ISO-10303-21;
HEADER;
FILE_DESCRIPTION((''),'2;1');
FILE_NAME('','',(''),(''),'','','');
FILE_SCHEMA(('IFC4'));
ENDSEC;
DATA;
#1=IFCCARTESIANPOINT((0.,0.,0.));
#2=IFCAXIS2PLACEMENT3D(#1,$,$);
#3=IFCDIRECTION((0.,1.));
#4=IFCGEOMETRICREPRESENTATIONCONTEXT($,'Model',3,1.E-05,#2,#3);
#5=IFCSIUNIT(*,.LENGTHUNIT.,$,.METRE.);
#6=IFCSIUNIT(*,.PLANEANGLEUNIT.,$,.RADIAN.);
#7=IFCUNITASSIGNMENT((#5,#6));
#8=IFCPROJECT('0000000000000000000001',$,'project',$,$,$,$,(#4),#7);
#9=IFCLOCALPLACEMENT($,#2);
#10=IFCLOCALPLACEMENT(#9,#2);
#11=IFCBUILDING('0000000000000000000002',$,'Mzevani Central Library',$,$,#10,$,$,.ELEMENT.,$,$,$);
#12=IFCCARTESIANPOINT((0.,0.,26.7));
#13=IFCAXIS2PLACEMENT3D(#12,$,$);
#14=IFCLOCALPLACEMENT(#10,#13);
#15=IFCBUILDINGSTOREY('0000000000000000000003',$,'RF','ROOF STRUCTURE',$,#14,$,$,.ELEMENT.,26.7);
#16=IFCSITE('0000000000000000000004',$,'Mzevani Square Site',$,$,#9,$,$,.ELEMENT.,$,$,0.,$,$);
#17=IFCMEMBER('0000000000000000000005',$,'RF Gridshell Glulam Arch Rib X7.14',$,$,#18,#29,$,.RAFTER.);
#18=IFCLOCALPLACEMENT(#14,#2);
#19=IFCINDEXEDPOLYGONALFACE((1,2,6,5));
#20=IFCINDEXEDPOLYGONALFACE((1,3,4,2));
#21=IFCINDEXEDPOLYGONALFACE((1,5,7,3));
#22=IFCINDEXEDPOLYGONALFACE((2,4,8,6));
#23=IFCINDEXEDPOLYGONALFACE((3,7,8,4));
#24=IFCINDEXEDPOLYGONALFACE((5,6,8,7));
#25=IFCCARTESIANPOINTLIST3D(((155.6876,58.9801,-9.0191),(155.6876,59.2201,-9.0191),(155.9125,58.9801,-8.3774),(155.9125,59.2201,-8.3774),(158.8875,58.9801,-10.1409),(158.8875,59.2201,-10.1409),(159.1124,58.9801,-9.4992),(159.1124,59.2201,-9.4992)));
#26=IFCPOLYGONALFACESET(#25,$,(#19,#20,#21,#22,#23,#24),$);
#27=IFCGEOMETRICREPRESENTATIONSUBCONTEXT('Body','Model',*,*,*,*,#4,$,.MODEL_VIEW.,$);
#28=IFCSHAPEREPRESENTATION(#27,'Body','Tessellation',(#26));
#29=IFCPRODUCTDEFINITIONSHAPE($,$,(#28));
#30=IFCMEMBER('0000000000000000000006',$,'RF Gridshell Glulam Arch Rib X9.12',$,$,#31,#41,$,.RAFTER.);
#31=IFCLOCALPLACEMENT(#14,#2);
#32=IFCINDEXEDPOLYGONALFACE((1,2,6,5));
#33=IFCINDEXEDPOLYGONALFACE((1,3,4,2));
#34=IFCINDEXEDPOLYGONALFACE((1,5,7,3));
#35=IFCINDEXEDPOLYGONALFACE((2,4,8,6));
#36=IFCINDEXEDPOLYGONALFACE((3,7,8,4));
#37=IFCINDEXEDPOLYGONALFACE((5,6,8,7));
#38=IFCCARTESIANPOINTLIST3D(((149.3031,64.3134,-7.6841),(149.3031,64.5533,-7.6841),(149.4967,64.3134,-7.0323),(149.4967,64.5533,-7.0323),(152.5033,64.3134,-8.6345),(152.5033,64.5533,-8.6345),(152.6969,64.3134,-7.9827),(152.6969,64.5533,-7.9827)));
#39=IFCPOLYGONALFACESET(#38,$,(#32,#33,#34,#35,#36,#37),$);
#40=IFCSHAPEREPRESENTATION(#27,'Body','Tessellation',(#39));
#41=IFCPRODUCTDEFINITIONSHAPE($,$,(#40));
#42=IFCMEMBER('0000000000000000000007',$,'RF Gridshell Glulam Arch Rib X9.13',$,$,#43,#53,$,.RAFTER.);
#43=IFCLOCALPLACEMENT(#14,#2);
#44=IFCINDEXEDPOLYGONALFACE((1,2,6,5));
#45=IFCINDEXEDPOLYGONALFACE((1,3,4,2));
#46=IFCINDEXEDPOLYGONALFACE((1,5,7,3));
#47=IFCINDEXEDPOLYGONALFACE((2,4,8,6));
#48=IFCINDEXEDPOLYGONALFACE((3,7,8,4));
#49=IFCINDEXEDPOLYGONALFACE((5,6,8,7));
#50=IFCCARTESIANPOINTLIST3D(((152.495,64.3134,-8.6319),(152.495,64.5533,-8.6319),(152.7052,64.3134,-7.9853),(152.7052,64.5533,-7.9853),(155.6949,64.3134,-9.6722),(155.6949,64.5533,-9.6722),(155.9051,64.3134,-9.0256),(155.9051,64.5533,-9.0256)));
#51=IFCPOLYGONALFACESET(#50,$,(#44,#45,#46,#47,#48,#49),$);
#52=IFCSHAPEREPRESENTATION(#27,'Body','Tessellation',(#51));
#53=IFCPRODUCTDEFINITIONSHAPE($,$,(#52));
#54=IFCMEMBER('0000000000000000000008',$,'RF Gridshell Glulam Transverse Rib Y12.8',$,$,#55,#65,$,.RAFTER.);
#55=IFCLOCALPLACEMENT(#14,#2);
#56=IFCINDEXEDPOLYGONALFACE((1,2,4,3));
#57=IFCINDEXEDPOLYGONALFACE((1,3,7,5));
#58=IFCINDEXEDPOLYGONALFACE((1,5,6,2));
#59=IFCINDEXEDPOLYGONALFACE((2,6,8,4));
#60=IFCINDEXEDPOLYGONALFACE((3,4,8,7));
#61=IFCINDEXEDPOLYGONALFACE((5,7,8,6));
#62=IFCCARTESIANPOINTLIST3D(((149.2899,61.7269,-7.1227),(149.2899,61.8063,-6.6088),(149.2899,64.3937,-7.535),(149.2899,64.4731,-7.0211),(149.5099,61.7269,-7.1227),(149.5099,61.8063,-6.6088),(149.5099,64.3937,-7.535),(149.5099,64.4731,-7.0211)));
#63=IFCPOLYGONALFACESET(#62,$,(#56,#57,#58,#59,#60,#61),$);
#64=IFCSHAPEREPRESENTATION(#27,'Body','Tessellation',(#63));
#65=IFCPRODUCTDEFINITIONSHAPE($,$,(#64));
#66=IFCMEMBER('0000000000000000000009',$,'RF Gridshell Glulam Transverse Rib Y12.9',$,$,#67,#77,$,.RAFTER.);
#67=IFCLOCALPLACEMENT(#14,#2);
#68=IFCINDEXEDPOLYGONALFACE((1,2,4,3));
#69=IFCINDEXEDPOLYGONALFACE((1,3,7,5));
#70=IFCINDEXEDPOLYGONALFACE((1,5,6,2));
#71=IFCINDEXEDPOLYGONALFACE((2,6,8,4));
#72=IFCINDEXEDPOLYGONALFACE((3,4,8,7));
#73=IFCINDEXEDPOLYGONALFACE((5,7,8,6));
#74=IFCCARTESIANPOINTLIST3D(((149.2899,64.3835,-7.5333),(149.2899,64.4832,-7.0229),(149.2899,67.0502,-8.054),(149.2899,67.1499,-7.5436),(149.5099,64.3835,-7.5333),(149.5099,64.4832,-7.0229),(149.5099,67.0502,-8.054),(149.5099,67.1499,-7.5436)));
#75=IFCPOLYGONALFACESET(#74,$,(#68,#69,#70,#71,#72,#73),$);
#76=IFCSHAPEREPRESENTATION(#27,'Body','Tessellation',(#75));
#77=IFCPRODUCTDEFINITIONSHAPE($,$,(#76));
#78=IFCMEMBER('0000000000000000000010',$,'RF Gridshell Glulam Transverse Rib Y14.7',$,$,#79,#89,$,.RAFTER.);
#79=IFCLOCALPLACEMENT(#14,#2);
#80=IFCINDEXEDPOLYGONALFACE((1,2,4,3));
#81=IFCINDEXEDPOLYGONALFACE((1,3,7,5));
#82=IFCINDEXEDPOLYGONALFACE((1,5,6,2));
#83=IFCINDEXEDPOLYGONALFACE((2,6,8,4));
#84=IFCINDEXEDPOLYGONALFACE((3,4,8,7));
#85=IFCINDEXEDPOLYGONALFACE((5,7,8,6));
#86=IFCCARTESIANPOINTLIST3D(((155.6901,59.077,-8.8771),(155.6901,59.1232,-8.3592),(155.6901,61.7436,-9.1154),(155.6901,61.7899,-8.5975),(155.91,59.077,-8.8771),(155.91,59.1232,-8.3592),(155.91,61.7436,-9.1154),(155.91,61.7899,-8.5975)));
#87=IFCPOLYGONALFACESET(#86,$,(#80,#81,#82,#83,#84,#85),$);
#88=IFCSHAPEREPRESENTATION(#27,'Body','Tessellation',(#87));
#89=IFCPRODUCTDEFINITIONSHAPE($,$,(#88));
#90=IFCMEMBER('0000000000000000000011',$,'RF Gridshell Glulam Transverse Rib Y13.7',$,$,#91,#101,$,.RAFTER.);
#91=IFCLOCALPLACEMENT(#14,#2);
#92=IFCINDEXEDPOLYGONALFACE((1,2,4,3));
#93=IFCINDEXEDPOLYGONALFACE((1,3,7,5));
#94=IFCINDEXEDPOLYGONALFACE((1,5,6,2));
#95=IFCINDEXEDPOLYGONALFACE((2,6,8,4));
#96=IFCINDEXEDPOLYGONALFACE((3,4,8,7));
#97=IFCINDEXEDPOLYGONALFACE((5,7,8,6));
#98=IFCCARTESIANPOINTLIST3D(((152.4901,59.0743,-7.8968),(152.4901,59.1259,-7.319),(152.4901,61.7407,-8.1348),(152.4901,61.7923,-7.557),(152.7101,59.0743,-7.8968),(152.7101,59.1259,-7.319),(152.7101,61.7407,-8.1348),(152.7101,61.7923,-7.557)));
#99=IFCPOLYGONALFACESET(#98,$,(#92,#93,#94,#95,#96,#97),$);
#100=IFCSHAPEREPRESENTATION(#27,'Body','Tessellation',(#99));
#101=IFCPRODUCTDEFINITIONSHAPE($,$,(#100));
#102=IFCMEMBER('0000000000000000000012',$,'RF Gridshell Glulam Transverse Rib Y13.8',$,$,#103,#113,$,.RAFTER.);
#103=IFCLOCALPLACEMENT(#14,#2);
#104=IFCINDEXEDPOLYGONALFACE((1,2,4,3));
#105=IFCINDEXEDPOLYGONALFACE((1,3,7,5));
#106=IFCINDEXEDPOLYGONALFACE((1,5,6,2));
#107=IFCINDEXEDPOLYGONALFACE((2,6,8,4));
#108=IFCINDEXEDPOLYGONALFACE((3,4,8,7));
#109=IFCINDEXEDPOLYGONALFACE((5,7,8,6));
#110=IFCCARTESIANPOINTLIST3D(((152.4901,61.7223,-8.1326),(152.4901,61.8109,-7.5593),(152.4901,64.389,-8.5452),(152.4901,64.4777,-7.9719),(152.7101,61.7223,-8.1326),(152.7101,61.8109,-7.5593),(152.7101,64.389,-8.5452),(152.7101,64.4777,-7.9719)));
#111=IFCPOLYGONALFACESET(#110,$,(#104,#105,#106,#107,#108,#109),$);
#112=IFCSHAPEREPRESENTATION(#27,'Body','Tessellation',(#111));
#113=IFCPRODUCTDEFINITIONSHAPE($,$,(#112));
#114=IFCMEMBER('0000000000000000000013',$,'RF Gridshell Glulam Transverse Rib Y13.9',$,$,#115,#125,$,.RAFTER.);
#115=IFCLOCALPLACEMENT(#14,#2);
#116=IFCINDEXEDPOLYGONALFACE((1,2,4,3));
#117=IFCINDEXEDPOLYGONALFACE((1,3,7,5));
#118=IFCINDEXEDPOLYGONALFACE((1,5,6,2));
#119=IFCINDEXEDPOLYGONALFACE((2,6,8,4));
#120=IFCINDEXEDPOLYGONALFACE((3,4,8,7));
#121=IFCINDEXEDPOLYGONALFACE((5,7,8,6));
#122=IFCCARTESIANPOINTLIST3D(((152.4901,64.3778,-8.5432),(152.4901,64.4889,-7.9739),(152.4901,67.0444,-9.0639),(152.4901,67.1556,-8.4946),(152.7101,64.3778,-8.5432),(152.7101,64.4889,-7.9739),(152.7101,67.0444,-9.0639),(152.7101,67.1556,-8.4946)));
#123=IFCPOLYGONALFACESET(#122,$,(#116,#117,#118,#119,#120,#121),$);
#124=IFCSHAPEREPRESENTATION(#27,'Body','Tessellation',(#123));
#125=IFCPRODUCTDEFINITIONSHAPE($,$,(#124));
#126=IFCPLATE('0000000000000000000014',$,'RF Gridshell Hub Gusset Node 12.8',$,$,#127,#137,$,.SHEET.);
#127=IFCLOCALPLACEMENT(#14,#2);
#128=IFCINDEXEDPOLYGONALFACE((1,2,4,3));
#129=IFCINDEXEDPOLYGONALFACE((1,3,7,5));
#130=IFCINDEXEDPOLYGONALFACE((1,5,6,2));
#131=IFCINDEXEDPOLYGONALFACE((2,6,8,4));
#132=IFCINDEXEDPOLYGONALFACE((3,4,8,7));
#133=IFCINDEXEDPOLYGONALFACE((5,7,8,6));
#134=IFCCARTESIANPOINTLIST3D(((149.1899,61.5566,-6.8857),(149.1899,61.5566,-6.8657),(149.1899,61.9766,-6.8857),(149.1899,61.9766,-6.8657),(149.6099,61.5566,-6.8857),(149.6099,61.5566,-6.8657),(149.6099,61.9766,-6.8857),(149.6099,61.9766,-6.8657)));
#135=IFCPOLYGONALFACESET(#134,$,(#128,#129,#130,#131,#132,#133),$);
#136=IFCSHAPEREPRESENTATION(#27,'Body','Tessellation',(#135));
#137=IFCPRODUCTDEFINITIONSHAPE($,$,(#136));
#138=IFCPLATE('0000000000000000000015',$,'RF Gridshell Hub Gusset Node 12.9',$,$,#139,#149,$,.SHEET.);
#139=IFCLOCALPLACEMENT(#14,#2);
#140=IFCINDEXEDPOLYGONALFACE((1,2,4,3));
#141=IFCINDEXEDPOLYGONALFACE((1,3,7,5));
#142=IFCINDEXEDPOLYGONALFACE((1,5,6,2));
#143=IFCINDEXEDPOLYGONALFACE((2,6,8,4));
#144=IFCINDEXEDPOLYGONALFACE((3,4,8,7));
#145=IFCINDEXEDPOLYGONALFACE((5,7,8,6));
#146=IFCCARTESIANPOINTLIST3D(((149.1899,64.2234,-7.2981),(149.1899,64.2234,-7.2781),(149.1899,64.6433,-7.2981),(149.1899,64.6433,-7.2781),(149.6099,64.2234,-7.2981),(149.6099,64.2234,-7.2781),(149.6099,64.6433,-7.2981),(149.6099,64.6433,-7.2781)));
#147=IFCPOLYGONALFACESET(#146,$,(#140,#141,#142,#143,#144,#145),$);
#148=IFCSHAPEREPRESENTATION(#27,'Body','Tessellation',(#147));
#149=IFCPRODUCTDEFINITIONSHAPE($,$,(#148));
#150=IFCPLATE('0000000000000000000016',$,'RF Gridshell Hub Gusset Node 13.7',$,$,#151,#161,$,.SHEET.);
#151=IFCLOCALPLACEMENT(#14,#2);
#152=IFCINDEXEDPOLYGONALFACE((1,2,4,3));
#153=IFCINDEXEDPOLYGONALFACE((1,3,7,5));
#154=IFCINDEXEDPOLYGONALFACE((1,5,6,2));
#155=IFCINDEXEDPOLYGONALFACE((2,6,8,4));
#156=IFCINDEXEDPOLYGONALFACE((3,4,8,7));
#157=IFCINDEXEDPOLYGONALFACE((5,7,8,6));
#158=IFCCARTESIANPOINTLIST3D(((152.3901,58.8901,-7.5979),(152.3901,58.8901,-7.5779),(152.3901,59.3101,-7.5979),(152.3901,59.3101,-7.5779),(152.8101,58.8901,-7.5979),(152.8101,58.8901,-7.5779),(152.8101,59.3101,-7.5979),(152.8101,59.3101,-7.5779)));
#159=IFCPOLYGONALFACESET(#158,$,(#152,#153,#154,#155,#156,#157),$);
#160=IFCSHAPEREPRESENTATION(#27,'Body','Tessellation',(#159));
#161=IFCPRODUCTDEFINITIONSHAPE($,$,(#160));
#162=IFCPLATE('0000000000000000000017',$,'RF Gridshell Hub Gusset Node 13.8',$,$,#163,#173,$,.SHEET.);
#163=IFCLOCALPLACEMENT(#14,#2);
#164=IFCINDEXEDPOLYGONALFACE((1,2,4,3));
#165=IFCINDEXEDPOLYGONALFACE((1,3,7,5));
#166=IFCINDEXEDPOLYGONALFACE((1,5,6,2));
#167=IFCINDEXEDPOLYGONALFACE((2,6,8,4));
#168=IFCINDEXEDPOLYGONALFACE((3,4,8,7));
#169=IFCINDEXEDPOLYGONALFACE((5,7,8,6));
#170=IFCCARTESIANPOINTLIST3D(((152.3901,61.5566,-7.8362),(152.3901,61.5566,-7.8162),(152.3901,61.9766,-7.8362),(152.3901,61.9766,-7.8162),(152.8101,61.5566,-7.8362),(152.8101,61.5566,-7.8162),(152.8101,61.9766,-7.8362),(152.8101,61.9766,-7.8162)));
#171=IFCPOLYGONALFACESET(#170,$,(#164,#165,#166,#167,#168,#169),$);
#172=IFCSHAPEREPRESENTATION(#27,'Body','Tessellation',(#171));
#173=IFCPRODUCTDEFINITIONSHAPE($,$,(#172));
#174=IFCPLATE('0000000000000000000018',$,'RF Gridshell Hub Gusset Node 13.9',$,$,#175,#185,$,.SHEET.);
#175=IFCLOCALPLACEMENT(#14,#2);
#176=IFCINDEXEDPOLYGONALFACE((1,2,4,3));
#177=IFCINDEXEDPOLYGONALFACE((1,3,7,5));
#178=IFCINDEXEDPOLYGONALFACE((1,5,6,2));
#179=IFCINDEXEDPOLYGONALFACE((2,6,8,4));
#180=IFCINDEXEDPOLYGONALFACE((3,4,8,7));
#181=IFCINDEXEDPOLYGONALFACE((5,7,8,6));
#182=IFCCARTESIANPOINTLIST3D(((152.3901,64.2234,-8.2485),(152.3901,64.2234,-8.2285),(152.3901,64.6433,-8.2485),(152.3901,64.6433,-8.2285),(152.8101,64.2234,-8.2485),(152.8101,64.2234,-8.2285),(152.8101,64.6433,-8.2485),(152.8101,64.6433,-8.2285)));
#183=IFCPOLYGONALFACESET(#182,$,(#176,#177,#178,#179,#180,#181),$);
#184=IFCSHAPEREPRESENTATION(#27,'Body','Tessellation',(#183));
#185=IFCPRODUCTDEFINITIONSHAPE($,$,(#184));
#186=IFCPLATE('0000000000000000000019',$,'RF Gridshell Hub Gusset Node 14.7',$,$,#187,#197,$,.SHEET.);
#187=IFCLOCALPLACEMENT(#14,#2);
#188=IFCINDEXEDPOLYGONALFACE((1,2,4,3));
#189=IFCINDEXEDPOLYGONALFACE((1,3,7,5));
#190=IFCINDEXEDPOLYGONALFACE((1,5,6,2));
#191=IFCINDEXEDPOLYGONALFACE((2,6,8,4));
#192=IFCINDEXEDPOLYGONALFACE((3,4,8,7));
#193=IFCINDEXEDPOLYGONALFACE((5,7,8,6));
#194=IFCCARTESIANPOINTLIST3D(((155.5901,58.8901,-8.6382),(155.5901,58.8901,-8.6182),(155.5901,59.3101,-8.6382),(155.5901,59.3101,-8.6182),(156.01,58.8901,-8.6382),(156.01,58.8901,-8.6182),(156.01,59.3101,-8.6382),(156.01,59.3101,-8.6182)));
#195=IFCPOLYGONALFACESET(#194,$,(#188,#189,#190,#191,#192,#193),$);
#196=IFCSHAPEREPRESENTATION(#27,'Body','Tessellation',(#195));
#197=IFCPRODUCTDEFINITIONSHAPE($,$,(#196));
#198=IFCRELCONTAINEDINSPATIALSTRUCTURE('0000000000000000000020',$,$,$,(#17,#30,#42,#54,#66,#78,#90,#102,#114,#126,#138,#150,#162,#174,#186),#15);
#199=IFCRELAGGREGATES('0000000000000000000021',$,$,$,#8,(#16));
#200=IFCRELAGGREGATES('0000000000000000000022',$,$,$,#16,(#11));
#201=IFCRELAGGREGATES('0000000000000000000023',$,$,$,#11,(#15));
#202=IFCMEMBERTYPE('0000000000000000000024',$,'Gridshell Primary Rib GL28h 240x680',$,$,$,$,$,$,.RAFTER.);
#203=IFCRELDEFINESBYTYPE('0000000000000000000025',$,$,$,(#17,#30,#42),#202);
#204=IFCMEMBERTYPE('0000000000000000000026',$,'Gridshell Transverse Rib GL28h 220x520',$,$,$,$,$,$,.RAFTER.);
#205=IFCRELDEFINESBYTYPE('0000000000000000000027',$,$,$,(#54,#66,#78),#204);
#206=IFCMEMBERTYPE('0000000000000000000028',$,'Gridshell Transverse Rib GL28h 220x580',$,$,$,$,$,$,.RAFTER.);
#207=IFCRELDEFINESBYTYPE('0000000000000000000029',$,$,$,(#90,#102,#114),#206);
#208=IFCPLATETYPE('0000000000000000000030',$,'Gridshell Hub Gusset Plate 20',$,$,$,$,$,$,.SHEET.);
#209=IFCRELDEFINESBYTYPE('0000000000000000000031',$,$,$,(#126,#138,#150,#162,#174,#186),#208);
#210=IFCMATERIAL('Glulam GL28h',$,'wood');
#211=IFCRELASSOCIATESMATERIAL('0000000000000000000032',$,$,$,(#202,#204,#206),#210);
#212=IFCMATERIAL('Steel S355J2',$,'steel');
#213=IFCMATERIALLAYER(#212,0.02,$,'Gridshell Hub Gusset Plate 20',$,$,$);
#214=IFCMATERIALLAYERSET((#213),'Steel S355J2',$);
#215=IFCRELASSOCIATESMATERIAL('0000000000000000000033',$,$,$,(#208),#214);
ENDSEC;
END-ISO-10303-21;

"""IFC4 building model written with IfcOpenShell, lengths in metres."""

from ifc_helpers import new_model, si_unit, direction, frame, origin, origin_2d, place, context, subcontext, project, spatial, rectangle, extrude, material, layer, layer_set, material_profile, profile_set, type_object, element, save


model = new_model("IFC4")

# Units and contexts
model_context = context("Model", 3, precision=1e-05, world=origin(), true_north=direction((0.0, 1.0)))
body_context = subcontext(model_context, "Body", "Model", "MODEL_VIEW")
ifc_project = project(units=[si_unit("LENGTHUNIT", "METRE"), si_unit("PLANEANGLEUNIT", "RADIAN")], contexts=[model_context])

# Site, building, storey
site_placement = place(None, origin())
site = spatial("IfcSite", under=ifc_project, at=site_placement, Name="Mzevani Square Site", CompositionType="ELEMENT", RefElevation=0.0)
building_placement = place(site_placement, origin())
building = spatial("IfcBuilding", under=site, at=building_placement, Name="Mzevani Central Library", CompositionType="ELEMENT")
storey_placement = place(building_placement, frame((0.0, 0.0, 26.7)))
storey = spatial("IfcBuildingStorey", under=building, at=storey_placement, Name="RF", Description="ROOF STRUCTURE", CompositionType="ELEMENT", Elevation=26.7)

# Members
ifc_material_1 = material(Name="Steel S355J2", Category="steel")
ifc_material_2 = material(Name="Glulam GL28h", Category="wood")
ifc_material_profile_1 = material_profile(ifc_material_2, rectangle(XDim=0.24, YDim=0.6799, at=origin_2d()), Name="GL28h 240x680")
ifc_profile_set_1 = profile_set([ifc_material_profile_1], Name="Glulam GL28h")
member_type_1 = type_object("IfcMemberType", Name="Gridshell Primary Rib GL28h 240x680", PredefinedType="RAFTER", material=ifc_profile_set_1)
member_1_placement = place(storey_placement, frame((155.8, 59.1001, -8.6982), z_axis=(0.943689, 0.0, -0.330835), x_axis=(0.0, 1.0, 0.0)))
element("IfcMember", 1, at=member_1_placement, inside=storey, type_object=member_type_1, Name="RF Gridshell Glulam Arch Rib X7.14", PredefinedType="RAFTER", context=body_context, shape_type="SweptSolid", body=[
    extrude(rectangle(XDim=0.24, YDim=0.6799, at=origin_2d()), origin(), (0.0, 0.0, 1.0), 3.3909),
])
member_2_placement = place(storey_placement, frame((149.3999, 64.4333, -7.3582), z_axis=(0.958616, 0.0, -0.284703), x_axis=(0.0, 1.0, 0.0)))
element("IfcMember", 2, at=member_2_placement, inside=storey, type_object=member_type_1, Name="RF Gridshell Glulam Arch Rib X9.12", PredefinedType="RAFTER", context=body_context, shape_type="SweptSolid", body=[
    extrude(rectangle(XDim=0.24, YDim=0.6799, at=origin_2d()), origin(), (0.0, 0.0, 1.0), 3.3384),
])
member_3_placement = place(storey_placement, frame((152.6001, 64.4333, -8.3086), z_axis=(0.951008, 0.0, -0.309166), x_axis=(0.0, 1.0, 0.0)))
element("IfcMember", 3, at=member_3_placement, inside=storey, type_object=member_type_1, Name="RF Gridshell Glulam Arch Rib X9.13", PredefinedType="RAFTER", context=body_context, shape_type="SweptSolid", body=[
    extrude(rectangle(XDim=0.24, YDim=0.6799, at=origin_2d()), origin(), (0.0, 0.0, 1.0), 3.3647),
])
ifc_material_profile_2 = material_profile(ifc_material_2, rectangle(XDim=0.22, YDim=0.52, at=origin_2d()), Name="GL28h 220x520")
ifc_profile_set_2 = profile_set([ifc_material_profile_2], Name="Glulam GL28h")
member_type_2 = type_object("IfcMemberType", Name="Gridshell Transverse Rib GL28h 220x520", PredefinedType="RAFTER", material=ifc_profile_set_2)
member_4_placement = place(storey_placement, frame((149.3999, 61.7666, -6.8657), z_axis=(0.0, 0.988255, -0.152812), x_axis=(-1.0, 0.0, 0.0)))
element("IfcMember", 4, at=member_4_placement, inside=storey, type_object=member_type_2, Name="RF Gridshell Glulam Transverse Rib Y12.8", PredefinedType="RAFTER", context=body_context, shape_type="SweptSolid", body=[
    extrude(rectangle(XDim=0.22, YDim=0.52, at=origin_2d()), origin(), (0.0, 0.0, 1.0), 2.6985),
])
member_5_placement = place(storey_placement, frame((149.3999, 64.4333, -7.2781), z_axis=(0.0, 0.981462, -0.191656), x_axis=(-1.0, 0.0, 0.0)))
element("IfcMember", 5, at=member_5_placement, inside=storey, type_object=member_type_2, Name="RF Gridshell Glulam Transverse Rib Y12.9", PredefinedType="RAFTER", context=body_context, shape_type="SweptSolid", body=[
    extrude(rectangle(XDim=0.22, YDim=0.52, at=origin_2d()), origin(), (0.0, 0.0, 1.0), 2.717),
])
member_6_placement = place(storey_placement, frame((155.8, 59.1001, -8.6182), z_axis=(0.0, 0.996031, -0.089006), x_axis=(-1.0, 0.0, 0.0)))
element("IfcMember", 6, at=member_6_placement, inside=storey, type_object=member_type_2, Name="RF Gridshell Glulam Transverse Rib Y14.7", PredefinedType="RAFTER", context=body_context, shape_type="SweptSolid", body=[
    extrude(rectangle(XDim=0.22, YDim=0.52, at=origin_2d()), origin(), (0.0, 0.0, 1.0), 2.6772),
])
ifc_material_profile_3 = material_profile(ifc_material_2, rectangle(XDim=0.22, YDim=0.5801, at=origin_2d()), Name="GL28h 220x580")
ifc_profile_set_3 = profile_set([ifc_material_profile_3], Name="Glulam GL28h")
member_type_3 = type_object("IfcMemberType", Name="Gridshell Transverse Rib GL28h 220x580", PredefinedType="RAFTER", material=ifc_profile_set_3)
member_7_placement = place(storey_placement, frame((152.6001, 59.1001, -7.6079), z_axis=(0.0, 0.996039, -0.088916), x_axis=(-1.0, 0.0, 0.0)))
element("IfcMember", 7, at=member_7_placement, inside=storey, type_object=member_type_3, Name="RF Gridshell Glulam Transverse Rib Y13.7", PredefinedType="RAFTER", context=body_context, shape_type="SweptSolid", body=[
    extrude(rectangle(XDim=0.22, YDim=0.5801, at=origin_2d()), origin(), (0.0, 0.0, 1.0), 2.677),
])
member_8_placement = place(storey_placement, frame((152.6001, 61.7666, -7.8459), z_axis=(0.0, 0.988242, -0.1529), x_axis=(-1.0, 0.0, 0.0)))
element("IfcMember", 8, at=member_8_placement, inside=storey, type_object=member_type_3, Name="RF Gridshell Glulam Transverse Rib Y13.8", PredefinedType="RAFTER", context=body_context, shape_type="SweptSolid", body=[
    extrude(rectangle(XDim=0.22, YDim=0.5801, at=origin_2d()), origin(), (0.0, 0.0, 1.0), 2.6985),
])
member_9_placement = place(storey_placement, frame((152.6001, 64.4333, -8.2585), z_axis=(0.0, 0.981462, -0.191656), x_axis=(-1.0, 0.0, 0.0)))
element("IfcMember", 9, at=member_9_placement, inside=storey, type_object=member_type_3, Name="RF Gridshell Glulam Transverse Rib Y13.9", PredefinedType="RAFTER", context=body_context, shape_type="SweptSolid", body=[
    extrude(rectangle(XDim=0.22, YDim=0.5801, at=origin_2d()), origin(), (0.0, 0.0, 1.0), 2.717),
])

# Plates
ifc_layer_1 = layer(ifc_material_1, 0.02, Name="Gridshell Hub Gusset Plate 20")
ifc_layer_set_1 = layer_set([ifc_layer_1], Name="Steel S355J2")
plate_type = type_object("IfcPlateType", Name="Gridshell Hub Gusset Plate 20", PredefinedType="SHEET", material=ifc_layer_set_1)
for number, where, z_axis, x_axis, name in (
    (10, (149.3999, 61.7666, -6.8857), (0.0, 0.0, 1.0), (1.0, 0.0, 0.0), "RF Gridshell Hub Gusset Node 12.8"),
    (11, (149.3999, 64.4333, -7.2981), (0.0, 0.0, 1.0), (1.0, 0.0, 0.0), "RF Gridshell Hub Gusset Node 12.9"),
    (12, (152.6001, 59.1001, -7.5979), (0.0, 0.0, 1.0), (1.0, 0.0, 0.0), "RF Gridshell Hub Gusset Node 13.7"),
    (13, (152.6001, 61.7666, -7.8362), (0.0, 0.0, 1.0), (1.0, 0.0, 0.0), "RF Gridshell Hub Gusset Node 13.8"),
    (14, (152.6001, 64.4333, -8.2485), (0.0, 0.0, 1.0), (1.0, 0.0, 0.0), "RF Gridshell Hub Gusset Node 13.9"),
    (15, (155.8, 59.1001, -8.6382), (0.0, 0.0, 1.0), (1.0, 0.0, 0.0), "RF Gridshell Hub Gusset Node 14.7"),
):
    element("IfcPlate", number, at=place(storey_placement, frame(where, z_axis=z_axis, x_axis=x_axis)), inside=storey, type_object=plate_type, Name=name, PredefinedType="SHEET", context=body_context, shape_type="SweptSolid", body=[
        extrude(rectangle(XDim=0.4199, YDim=0.4199, at=origin_2d()), origin(), (0.0, 0.0, 1.0), 0.02),
    ])

save(model, "model.ifc")
